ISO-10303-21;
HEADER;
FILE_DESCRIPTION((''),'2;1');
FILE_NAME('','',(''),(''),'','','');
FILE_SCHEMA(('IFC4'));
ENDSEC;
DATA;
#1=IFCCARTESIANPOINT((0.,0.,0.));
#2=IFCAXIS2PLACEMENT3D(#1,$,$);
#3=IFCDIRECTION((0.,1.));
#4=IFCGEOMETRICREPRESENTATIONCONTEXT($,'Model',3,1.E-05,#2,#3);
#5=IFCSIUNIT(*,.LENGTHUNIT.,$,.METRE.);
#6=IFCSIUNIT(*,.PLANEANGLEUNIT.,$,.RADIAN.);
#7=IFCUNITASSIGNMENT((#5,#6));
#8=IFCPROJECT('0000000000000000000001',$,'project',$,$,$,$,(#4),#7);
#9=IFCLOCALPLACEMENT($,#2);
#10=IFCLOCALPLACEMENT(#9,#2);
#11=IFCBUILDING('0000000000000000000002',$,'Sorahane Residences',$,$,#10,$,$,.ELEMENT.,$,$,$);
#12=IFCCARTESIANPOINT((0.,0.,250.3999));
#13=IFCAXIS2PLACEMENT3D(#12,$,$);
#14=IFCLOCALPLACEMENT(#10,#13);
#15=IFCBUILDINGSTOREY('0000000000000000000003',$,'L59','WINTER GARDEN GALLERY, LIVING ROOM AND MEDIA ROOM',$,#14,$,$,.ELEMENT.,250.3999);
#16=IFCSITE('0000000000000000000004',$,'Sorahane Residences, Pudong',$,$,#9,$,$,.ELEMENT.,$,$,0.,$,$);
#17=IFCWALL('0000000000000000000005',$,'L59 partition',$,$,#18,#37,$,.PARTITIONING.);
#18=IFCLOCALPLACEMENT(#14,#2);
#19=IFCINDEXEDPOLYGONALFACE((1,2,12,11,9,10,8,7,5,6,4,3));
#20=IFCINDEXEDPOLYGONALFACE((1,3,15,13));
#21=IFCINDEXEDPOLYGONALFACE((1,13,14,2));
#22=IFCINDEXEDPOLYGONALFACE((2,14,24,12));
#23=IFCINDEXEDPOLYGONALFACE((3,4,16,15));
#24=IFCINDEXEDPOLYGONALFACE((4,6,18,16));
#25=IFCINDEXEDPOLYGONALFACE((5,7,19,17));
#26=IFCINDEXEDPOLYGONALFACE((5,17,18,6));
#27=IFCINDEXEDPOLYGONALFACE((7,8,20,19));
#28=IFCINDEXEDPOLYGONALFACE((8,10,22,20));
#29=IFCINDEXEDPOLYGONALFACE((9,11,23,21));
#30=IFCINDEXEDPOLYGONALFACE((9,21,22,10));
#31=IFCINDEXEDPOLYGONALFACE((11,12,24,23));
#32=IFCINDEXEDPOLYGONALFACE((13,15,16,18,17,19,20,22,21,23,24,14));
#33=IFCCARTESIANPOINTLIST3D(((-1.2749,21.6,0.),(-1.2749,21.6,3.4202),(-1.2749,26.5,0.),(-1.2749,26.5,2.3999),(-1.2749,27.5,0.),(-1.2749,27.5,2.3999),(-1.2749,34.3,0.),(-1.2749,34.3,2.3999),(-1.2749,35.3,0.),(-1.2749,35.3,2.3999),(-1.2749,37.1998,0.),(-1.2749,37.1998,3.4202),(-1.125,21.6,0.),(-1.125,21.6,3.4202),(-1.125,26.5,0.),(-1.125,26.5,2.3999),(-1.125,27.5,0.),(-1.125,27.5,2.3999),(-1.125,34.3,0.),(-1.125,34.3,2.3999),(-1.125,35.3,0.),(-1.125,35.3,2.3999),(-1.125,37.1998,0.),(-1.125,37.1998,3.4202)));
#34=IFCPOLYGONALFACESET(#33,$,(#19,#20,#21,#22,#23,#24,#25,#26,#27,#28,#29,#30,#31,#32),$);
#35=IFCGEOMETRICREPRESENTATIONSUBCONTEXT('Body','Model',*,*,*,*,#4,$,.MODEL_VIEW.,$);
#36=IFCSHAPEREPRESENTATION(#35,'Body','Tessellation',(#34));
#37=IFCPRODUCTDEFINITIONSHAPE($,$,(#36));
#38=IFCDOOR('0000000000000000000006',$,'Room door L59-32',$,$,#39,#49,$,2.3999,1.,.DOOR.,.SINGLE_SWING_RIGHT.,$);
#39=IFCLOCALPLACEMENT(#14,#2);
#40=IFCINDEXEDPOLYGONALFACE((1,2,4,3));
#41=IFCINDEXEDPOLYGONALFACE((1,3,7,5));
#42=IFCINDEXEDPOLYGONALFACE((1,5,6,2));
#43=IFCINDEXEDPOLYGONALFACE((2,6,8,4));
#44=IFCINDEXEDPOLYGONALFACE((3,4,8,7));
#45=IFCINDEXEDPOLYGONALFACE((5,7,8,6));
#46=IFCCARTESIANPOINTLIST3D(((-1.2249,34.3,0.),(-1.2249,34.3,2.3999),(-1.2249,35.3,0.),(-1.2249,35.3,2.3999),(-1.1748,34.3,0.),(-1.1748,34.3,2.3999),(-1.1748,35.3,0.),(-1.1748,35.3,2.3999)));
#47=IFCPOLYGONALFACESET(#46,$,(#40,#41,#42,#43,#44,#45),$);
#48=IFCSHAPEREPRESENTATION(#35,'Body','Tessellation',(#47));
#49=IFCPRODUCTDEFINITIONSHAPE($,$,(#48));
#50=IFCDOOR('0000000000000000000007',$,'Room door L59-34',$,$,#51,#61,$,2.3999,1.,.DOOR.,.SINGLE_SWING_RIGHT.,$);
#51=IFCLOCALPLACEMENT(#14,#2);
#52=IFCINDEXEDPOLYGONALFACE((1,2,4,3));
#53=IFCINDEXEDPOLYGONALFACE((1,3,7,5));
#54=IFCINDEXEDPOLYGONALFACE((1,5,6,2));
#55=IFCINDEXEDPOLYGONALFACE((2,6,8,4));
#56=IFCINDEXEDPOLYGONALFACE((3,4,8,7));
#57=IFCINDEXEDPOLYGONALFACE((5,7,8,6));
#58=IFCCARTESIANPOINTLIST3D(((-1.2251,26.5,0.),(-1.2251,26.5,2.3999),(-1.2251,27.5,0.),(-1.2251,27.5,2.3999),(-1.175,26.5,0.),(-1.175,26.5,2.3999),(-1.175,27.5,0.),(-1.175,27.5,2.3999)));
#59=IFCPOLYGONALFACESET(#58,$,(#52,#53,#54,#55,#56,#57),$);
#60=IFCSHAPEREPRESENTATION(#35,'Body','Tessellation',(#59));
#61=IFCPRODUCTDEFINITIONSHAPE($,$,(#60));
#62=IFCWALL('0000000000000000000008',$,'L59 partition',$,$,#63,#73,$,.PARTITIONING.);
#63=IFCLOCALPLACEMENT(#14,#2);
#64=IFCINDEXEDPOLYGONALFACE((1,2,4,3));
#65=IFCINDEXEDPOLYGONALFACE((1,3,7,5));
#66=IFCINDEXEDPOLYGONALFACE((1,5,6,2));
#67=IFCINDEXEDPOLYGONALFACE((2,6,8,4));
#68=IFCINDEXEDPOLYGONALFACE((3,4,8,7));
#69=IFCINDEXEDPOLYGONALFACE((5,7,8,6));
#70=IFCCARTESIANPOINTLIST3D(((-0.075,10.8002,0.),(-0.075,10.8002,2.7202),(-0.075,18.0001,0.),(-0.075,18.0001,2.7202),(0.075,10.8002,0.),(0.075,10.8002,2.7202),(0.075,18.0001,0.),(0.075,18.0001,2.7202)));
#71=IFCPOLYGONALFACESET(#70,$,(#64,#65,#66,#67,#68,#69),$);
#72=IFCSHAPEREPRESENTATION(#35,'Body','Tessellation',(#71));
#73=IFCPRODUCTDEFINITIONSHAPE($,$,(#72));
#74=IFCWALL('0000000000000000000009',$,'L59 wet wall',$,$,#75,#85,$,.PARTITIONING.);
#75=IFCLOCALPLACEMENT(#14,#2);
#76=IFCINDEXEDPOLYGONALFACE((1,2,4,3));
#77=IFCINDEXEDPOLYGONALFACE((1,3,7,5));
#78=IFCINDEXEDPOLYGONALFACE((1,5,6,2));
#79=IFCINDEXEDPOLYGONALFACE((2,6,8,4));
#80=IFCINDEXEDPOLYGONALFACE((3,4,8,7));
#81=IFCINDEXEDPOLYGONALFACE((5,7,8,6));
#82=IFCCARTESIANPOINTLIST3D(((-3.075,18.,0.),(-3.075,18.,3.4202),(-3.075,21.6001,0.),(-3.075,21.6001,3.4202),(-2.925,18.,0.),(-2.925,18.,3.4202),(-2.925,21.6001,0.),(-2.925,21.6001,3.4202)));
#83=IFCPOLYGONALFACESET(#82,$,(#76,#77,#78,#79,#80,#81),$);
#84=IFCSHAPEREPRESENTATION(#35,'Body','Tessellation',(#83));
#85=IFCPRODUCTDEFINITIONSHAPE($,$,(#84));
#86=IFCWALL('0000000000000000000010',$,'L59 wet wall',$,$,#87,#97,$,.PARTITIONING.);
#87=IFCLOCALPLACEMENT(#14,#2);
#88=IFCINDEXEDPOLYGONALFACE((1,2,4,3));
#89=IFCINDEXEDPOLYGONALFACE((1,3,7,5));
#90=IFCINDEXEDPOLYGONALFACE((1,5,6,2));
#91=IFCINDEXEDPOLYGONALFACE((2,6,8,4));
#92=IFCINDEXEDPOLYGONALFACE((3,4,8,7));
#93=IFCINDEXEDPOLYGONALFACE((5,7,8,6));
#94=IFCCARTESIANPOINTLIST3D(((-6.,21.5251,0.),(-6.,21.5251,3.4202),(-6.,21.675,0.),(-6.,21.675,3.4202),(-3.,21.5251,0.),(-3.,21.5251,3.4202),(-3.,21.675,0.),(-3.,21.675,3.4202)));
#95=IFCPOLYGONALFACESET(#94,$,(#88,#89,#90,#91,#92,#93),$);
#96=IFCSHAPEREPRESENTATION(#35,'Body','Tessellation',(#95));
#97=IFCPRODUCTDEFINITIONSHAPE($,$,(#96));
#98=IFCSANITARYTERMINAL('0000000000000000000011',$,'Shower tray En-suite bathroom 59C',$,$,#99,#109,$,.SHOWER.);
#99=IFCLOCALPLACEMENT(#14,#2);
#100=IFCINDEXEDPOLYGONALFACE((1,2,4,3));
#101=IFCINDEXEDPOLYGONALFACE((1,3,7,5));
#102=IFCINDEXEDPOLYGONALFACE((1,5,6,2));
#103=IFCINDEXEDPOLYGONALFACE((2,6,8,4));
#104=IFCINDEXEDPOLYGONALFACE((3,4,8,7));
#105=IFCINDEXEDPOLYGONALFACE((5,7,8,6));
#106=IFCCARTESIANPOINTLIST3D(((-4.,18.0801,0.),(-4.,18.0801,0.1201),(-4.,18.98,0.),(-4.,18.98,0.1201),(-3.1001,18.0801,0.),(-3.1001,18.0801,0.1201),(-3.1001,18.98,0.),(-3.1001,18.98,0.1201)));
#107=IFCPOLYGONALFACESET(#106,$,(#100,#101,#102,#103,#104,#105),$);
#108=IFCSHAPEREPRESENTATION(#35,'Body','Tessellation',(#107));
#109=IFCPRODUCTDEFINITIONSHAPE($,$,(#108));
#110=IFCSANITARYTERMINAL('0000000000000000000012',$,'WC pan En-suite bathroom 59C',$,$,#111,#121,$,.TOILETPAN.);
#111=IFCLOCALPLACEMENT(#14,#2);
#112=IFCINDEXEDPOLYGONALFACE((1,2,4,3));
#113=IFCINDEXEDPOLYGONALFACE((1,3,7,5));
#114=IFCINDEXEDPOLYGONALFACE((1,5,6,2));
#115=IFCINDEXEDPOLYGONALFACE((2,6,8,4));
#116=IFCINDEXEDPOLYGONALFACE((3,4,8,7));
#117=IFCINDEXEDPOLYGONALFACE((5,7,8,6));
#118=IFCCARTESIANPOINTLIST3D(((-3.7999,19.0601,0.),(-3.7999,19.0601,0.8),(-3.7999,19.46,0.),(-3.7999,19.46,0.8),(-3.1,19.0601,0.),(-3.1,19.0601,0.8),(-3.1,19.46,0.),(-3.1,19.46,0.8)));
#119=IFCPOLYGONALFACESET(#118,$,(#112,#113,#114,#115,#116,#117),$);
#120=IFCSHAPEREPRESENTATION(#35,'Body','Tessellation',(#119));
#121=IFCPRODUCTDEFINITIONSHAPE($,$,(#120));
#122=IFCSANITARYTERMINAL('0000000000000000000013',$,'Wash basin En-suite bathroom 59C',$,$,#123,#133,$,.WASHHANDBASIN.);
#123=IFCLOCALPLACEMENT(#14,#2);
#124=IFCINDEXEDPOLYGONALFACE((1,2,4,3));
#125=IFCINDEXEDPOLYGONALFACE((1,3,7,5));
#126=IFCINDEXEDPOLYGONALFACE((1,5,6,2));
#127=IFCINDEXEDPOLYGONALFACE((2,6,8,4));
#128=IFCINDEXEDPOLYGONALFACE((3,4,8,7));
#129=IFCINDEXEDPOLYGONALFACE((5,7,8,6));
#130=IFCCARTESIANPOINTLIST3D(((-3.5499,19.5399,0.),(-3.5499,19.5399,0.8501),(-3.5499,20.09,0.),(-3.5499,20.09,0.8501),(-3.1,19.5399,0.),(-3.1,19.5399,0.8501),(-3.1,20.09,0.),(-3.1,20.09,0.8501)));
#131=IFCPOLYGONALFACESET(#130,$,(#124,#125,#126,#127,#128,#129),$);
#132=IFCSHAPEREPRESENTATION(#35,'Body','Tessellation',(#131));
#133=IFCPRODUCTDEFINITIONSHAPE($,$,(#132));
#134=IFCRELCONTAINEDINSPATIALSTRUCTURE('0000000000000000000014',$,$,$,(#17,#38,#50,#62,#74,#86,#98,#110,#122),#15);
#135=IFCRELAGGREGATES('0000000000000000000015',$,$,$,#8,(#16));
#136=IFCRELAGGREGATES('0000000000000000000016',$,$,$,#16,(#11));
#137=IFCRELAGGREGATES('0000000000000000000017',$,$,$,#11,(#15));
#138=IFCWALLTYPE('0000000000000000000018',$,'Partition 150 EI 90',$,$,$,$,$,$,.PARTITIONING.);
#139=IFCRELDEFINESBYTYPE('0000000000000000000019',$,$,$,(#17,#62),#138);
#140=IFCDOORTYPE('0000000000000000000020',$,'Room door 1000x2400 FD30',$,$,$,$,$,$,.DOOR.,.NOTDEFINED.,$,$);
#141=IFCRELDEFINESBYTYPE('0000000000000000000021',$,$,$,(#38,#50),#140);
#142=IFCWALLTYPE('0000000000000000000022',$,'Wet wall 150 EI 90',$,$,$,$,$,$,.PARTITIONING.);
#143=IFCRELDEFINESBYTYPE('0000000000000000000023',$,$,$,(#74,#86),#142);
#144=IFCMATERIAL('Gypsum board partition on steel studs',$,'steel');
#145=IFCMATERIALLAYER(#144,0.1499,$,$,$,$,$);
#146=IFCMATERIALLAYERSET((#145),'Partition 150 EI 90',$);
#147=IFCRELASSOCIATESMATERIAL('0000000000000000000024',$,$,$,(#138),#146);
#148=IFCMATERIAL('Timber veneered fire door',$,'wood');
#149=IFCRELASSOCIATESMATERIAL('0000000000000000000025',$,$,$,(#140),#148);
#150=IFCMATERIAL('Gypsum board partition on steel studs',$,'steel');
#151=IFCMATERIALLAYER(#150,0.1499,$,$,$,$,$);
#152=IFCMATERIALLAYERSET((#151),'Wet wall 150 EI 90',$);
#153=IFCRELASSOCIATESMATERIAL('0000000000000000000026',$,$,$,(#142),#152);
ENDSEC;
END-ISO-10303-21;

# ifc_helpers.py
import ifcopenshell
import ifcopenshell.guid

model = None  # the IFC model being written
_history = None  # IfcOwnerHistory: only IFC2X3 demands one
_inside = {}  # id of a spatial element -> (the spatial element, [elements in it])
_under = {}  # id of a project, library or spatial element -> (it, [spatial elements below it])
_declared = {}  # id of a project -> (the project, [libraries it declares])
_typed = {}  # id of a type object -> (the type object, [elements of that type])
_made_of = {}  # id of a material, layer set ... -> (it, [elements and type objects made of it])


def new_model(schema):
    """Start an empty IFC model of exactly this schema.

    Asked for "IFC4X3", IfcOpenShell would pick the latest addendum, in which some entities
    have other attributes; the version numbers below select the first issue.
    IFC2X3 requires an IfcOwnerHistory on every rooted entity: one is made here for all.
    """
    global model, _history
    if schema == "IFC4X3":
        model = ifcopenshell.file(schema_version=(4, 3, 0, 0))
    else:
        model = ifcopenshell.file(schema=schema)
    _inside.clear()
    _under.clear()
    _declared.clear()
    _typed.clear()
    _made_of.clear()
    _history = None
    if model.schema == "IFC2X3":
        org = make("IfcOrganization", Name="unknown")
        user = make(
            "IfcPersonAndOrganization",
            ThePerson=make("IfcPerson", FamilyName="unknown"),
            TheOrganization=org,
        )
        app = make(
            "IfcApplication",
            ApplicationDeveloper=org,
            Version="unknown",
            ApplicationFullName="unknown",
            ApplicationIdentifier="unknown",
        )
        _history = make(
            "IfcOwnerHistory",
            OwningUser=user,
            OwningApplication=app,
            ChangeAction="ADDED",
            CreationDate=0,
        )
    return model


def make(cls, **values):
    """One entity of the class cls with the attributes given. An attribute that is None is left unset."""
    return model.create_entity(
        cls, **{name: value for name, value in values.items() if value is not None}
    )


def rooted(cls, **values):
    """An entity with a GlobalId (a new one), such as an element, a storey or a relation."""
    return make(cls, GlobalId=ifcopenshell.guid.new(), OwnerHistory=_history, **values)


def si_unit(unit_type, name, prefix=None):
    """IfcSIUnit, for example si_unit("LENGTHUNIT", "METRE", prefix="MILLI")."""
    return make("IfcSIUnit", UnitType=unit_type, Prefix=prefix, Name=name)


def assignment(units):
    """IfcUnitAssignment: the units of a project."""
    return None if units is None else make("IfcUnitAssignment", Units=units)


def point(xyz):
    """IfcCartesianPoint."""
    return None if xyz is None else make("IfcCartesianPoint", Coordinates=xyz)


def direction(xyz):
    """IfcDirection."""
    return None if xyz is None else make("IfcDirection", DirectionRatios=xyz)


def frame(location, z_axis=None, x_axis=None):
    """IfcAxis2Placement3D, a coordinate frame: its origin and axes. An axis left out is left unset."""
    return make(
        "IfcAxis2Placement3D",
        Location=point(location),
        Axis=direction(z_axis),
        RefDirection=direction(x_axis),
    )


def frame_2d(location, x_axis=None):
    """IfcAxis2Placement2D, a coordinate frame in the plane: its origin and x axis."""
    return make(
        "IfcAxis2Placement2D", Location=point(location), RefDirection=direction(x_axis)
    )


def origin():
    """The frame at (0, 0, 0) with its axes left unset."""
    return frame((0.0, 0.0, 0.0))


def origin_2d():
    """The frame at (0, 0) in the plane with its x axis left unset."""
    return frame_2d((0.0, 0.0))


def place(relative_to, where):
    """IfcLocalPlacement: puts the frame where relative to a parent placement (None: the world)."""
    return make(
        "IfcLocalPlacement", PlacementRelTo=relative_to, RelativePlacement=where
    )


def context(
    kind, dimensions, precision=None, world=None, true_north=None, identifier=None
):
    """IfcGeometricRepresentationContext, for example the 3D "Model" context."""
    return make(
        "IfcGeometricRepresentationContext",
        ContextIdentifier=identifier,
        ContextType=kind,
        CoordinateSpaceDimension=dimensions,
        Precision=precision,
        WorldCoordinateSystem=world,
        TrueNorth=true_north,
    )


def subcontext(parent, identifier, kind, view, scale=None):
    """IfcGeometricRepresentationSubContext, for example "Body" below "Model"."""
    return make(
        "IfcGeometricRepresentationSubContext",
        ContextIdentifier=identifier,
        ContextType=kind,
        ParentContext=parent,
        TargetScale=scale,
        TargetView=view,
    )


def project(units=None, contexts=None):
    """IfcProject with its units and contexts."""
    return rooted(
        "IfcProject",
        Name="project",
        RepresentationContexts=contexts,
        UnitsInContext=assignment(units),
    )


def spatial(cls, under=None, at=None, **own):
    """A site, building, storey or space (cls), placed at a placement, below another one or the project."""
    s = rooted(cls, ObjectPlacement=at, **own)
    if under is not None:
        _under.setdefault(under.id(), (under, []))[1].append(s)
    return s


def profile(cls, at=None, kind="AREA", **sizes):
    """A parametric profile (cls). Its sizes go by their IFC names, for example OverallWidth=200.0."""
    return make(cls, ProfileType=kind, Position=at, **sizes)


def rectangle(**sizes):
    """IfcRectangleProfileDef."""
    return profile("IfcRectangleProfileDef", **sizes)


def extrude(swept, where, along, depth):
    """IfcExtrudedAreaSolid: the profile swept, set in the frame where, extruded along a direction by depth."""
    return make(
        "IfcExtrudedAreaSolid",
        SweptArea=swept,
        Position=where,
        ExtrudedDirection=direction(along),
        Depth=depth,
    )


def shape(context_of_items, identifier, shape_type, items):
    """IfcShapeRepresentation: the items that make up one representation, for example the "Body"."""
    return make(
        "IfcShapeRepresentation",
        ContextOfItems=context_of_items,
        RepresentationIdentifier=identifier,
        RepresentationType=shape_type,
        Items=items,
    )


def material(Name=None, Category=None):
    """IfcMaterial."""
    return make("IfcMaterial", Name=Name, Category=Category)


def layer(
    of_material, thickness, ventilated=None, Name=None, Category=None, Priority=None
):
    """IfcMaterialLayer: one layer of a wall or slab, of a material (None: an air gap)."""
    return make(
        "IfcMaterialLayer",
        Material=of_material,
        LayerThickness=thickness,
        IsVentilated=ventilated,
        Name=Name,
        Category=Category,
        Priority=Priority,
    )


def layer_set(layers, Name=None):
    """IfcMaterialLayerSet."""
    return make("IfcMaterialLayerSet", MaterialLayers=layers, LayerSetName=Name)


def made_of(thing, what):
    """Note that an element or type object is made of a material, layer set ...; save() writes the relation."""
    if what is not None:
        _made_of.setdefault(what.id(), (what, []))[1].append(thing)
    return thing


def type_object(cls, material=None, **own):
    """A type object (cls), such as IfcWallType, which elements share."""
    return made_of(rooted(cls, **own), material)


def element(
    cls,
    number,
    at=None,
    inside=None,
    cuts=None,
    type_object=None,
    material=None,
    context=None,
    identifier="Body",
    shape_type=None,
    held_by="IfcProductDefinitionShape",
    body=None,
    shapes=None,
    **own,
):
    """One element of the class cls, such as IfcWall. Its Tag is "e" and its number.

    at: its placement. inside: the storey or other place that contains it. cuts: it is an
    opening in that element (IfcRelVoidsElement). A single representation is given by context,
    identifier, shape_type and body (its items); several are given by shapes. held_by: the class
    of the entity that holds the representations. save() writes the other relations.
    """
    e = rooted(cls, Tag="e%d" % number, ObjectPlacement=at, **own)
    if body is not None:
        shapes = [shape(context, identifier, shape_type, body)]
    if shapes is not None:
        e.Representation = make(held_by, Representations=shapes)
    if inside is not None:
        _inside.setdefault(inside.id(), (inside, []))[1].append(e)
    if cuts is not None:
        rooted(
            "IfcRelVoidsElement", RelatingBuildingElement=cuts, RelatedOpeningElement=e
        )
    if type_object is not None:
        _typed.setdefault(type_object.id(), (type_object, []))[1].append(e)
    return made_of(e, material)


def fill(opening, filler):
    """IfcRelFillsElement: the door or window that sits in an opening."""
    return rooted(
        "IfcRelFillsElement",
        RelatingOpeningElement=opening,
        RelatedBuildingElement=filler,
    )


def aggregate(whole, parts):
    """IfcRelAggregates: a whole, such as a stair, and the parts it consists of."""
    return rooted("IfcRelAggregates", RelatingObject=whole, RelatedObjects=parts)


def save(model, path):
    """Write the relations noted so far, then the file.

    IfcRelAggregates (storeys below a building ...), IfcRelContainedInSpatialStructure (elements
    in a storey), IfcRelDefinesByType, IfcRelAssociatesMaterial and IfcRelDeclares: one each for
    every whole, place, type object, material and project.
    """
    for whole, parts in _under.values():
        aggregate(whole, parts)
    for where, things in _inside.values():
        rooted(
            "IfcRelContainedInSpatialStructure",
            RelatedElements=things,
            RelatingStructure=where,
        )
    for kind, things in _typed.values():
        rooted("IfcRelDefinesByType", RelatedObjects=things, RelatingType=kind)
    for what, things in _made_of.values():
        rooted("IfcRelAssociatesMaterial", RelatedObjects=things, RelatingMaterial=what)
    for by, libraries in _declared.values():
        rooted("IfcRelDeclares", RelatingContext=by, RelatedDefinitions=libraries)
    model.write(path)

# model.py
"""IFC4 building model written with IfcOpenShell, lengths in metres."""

from ifc_helpers import new_model, si_unit, direction, frame, frame_2d, origin, origin_2d, place, context, subcontext, project, spatial, rectangle, extrude, material, layer, layer_set, type_object, element, fill, save


model = new_model("IFC4")

# Units and contexts
model_context = context("Model", 3, precision=1e-05, world=origin(), true_north=direction((0.0, 1.0)))
body_context = subcontext(model_context, "Body", "Model", "MODEL_VIEW")
ifc_project = project(units=[si_unit("LENGTHUNIT", "METRE"), si_unit("PLANEANGLEUNIT", "RADIAN")], contexts=[model_context])

# Site, building, storey
site_placement = place(None, origin())
site = spatial("IfcSite", under=ifc_project, at=site_placement, Name="Sorahane Residences, Pudong", CompositionType="ELEMENT", RefElevation=0.0)
building_placement = place(site_placement, origin())
building = spatial("IfcBuilding", under=site, at=building_placement, Name="Sorahane Residences", CompositionType="ELEMENT")
storey_placement = place(building_placement, frame((0.0, 0.0, 250.3999)))
storey = spatial("IfcBuildingStorey", under=building, at=storey_placement, Name="L59", Description="WINTER GARDEN GALLERY, LIVING ROOM AND MEDIA ROOM", CompositionType="ELEMENT", Elevation=250.3999)

# Wall, openings, doors
ifc_material_1 = material(Name="Gypsum board partition on steel studs", Category="steel")
ifc_layer_1 = layer(ifc_material_1, 0.1499)
ifc_layer_set_1 = layer_set([ifc_layer_1], Name="Partition 150 EI 90")
wall_type_1 = type_object("IfcWallType", Name="Partition 150 EI 90", PredefinedType="PARTITIONING", material=ifc_layer_set_1)
wall_1_placement = place(storey_placement, frame((-1.2, 21.6001, 0.0), z_axis=(0.0, 0.0, 1.0), x_axis=(0.0, 1.0, 0.0)))
wall_1 = element("IfcWall", 1, at=wall_1_placement, inside=storey, type_object=wall_type_1, Name="L59 partition", PredefinedType="PARTITIONING", context=body_context, shape_type="SweptSolid", body=[
    extrude(rectangle(XDim=15.5999, YDim=0.1499, at=frame_2d((7.7998, 0.0))), origin(), (0.0, 0.0, 1.0), 3.4202),
])
opening_1_placement = place(wall_1_placement, frame((12.7, 0.0, 0.0)))
opening_1 = element("IfcOpeningElement", 2, at=opening_1_placement, cuts=wall_1, PredefinedType="OPENING", context=body_context, shape_type="SweptSolid", body=[
    extrude(rectangle(XDim=1.0, YDim=2.3999, at=frame_2d((0.5, 1.2))), frame((0.0, 0.085, 0.0), z_axis=(0.0, -1.0, 0.0), x_axis=(1.0, 0.0, 0.0)), (0.0, 0.0, 1.0), 0.1699),
])
opening_2_placement = place(wall_1_placement, frame((4.8999, 0.0, 0.0)))
opening_2 = element("IfcOpeningElement", 3, at=opening_2_placement, cuts=wall_1, PredefinedType="OPENING", context=body_context, shape_type="SweptSolid", body=[
    extrude(rectangle(XDim=1.0, YDim=2.3999, at=frame_2d((0.5, 1.2))), frame((0.0, 0.085, 0.0), z_axis=(0.0, -1.0, 0.0), x_axis=(1.0, 0.0, 0.0)), (0.0, 0.0, 1.0), 0.1699),
])
ifc_material_2 = material(Name="Timber veneered fire door", Category="wood")
door_type_1 = type_object("IfcDoorType", Name="Room door 1000x2400 FD30", OperationType="NOTDEFINED", PredefinedType="DOOR", material=ifc_material_2)
door_1_placement = place(opening_1_placement, origin())
door_1 = element("IfcDoor", 4, at=door_1_placement, inside=storey, type_object=door_type_1, Name="Room door L59-32", OperationType="SINGLE_SWING_RIGHT", OverallHeight=2.3999, OverallWidth=1.0, PredefinedType="DOOR", context=body_context, shape_type="SweptSolid", body=[
    extrude(rectangle(XDim=1.0, YDim=2.3999, at=frame_2d((0.5, 1.2))), frame((0.0, 0.0249, 0.0), z_axis=(0.0, -1.0, 0.0), x_axis=(1.0, 0.0, 0.0)), (0.0, 0.0, 1.0), 0.05),
])
fill(opening_1, door_1)
door_2_placement = place(opening_2_placement, frame((1.0, 0.0, 0.0), z_axis=(0.0, 0.0, 1.0), x_axis=(-1.0, 0.0, 0.0)))
door_2 = element("IfcDoor", 5, at=door_2_placement, inside=storey, type_object=door_type_1, Name="Room door L59-34", OperationType="SINGLE_SWING_RIGHT", OverallHeight=2.3999, OverallWidth=1.0, PredefinedType="DOOR", context=body_context, shape_type="SweptSolid", body=[
    extrude(rectangle(XDim=1.0, YDim=2.3999, at=frame_2d((0.5, 1.2))), frame((0.0, 0.0249, 0.0), z_axis=(0.0, -1.0, 0.0), x_axis=(1.0, 0.0, 0.0)), (0.0, 0.0, 1.0), 0.05),
])
fill(opening_2, door_2)

# Walls
wall_2_placement = place(storey_placement, frame((0.0, 10.8, 0.0), z_axis=(0.0, 0.0, 1.0), x_axis=(0.0, 1.0, 0.0)))
element("IfcWall", 6, at=wall_2_placement, inside=storey, type_object=wall_type_1, Name="L59 partition", PredefinedType="PARTITIONING", context=body_context, shape_type="SweptSolid", body=[
    extrude(rectangle(XDim=7.2, YDim=0.1499, at=frame_2d((3.6001, 0.0))), origin(), (0.0, 0.0, 1.0), 2.7202),
])
ifc_material_3 = material(Name="Gypsum board partition on steel studs", Category="steel")
ifc_layer_2 = layer(ifc_material_3, 0.1499)
ifc_layer_set_2 = layer_set([ifc_layer_2], Name="Wet wall 150 EI 90")
wall_type_2 = type_object("IfcWallType", Name="Wet wall 150 EI 90", PredefinedType="PARTITIONING", material=ifc_layer_set_2)
wall_3_placement = place(storey_placement, frame((-3.0, 18.0, 0.0), z_axis=(0.0, 0.0, 1.0), x_axis=(0.0, 1.0, 0.0)))
element("IfcWall", 7, at=wall_3_placement, inside=storey, type_object=wall_type_2, Name="L59 wet wall", PredefinedType="PARTITIONING", context=body_context, shape_type="SweptSolid", body=[
    extrude(rectangle(XDim=3.6001, YDim=0.1499, at=frame_2d((1.8, 0.0))), origin(), (0.0, 0.0, 1.0), 3.4202),
])
wall_4_placement = place(storey_placement, frame((-6.0, 21.6001, 0.0), z_axis=(0.0, 0.0, 1.0), x_axis=(1.0, 0.0, 0.0)))
element("IfcWall", 8, at=wall_4_placement, inside=storey, type_object=wall_type_2, Name="L59 wet wall", PredefinedType="PARTITIONING", context=body_context, shape_type="SweptSolid", body=[
    extrude(rectangle(XDim=3.0, YDim=0.1499, at=frame_2d((1.5, 0.0))), origin(), (0.0, 0.0, 1.0), 3.4202),
])

# Sanitary terminals
sanitary_terminal_1_placement = place(storey_placement, frame((-3.55, 18.53, 0.0), z_axis=(0.0, 0.0, 1.0), x_axis=(0.0, -1.0, 0.0)))
element("IfcSanitaryTerminal", 9, at=sanitary_terminal_1_placement, inside=storey, Name="Shower tray En-suite bathroom 59C", PredefinedType="SHOWER", context=body_context, shape_type="SweptSolid", body=[
    extrude(rectangle(XDim=0.8999, YDim=0.8999, at=origin_2d()), origin(), (0.0, 0.0, 1.0), 0.1201),
])
sanitary_terminal_2_placement = place(storey_placement, frame((-3.45, 19.26, 0.0), z_axis=(0.0, 0.0, 1.0), x_axis=(0.0, -1.0, 0.0)))
element("IfcSanitaryTerminal", 10, at=sanitary_terminal_2_placement, inside=storey, Name="WC pan En-suite bathroom 59C", PredefinedType="TOILETPAN", context=body_context, shape_type="SweptSolid", body=[
    extrude(rectangle(XDim=0.3999, YDim=0.7, at=origin_2d()), origin(), (0.0, 0.0, 1.0), 0.8),
])
sanitary_terminal_3_placement = place(storey_placement, frame((-3.325, 19.8149, 0.0), z_axis=(0.0, 0.0, 1.0), x_axis=(0.0, -1.0, 0.0)))
element("IfcSanitaryTerminal", 11, at=sanitary_terminal_3_placement, inside=storey, Name="Wash basin En-suite bathroom 59C", PredefinedType="WASHHANDBASIN", context=body_context, shape_type="SweptSolid", body=[
    extrude(rectangle(XDim=0.55, YDim=0.45, at=origin_2d()), origin(), (0.0, 0.0, 1.0), 0.8501),
])

save(model, "model.ifc")
